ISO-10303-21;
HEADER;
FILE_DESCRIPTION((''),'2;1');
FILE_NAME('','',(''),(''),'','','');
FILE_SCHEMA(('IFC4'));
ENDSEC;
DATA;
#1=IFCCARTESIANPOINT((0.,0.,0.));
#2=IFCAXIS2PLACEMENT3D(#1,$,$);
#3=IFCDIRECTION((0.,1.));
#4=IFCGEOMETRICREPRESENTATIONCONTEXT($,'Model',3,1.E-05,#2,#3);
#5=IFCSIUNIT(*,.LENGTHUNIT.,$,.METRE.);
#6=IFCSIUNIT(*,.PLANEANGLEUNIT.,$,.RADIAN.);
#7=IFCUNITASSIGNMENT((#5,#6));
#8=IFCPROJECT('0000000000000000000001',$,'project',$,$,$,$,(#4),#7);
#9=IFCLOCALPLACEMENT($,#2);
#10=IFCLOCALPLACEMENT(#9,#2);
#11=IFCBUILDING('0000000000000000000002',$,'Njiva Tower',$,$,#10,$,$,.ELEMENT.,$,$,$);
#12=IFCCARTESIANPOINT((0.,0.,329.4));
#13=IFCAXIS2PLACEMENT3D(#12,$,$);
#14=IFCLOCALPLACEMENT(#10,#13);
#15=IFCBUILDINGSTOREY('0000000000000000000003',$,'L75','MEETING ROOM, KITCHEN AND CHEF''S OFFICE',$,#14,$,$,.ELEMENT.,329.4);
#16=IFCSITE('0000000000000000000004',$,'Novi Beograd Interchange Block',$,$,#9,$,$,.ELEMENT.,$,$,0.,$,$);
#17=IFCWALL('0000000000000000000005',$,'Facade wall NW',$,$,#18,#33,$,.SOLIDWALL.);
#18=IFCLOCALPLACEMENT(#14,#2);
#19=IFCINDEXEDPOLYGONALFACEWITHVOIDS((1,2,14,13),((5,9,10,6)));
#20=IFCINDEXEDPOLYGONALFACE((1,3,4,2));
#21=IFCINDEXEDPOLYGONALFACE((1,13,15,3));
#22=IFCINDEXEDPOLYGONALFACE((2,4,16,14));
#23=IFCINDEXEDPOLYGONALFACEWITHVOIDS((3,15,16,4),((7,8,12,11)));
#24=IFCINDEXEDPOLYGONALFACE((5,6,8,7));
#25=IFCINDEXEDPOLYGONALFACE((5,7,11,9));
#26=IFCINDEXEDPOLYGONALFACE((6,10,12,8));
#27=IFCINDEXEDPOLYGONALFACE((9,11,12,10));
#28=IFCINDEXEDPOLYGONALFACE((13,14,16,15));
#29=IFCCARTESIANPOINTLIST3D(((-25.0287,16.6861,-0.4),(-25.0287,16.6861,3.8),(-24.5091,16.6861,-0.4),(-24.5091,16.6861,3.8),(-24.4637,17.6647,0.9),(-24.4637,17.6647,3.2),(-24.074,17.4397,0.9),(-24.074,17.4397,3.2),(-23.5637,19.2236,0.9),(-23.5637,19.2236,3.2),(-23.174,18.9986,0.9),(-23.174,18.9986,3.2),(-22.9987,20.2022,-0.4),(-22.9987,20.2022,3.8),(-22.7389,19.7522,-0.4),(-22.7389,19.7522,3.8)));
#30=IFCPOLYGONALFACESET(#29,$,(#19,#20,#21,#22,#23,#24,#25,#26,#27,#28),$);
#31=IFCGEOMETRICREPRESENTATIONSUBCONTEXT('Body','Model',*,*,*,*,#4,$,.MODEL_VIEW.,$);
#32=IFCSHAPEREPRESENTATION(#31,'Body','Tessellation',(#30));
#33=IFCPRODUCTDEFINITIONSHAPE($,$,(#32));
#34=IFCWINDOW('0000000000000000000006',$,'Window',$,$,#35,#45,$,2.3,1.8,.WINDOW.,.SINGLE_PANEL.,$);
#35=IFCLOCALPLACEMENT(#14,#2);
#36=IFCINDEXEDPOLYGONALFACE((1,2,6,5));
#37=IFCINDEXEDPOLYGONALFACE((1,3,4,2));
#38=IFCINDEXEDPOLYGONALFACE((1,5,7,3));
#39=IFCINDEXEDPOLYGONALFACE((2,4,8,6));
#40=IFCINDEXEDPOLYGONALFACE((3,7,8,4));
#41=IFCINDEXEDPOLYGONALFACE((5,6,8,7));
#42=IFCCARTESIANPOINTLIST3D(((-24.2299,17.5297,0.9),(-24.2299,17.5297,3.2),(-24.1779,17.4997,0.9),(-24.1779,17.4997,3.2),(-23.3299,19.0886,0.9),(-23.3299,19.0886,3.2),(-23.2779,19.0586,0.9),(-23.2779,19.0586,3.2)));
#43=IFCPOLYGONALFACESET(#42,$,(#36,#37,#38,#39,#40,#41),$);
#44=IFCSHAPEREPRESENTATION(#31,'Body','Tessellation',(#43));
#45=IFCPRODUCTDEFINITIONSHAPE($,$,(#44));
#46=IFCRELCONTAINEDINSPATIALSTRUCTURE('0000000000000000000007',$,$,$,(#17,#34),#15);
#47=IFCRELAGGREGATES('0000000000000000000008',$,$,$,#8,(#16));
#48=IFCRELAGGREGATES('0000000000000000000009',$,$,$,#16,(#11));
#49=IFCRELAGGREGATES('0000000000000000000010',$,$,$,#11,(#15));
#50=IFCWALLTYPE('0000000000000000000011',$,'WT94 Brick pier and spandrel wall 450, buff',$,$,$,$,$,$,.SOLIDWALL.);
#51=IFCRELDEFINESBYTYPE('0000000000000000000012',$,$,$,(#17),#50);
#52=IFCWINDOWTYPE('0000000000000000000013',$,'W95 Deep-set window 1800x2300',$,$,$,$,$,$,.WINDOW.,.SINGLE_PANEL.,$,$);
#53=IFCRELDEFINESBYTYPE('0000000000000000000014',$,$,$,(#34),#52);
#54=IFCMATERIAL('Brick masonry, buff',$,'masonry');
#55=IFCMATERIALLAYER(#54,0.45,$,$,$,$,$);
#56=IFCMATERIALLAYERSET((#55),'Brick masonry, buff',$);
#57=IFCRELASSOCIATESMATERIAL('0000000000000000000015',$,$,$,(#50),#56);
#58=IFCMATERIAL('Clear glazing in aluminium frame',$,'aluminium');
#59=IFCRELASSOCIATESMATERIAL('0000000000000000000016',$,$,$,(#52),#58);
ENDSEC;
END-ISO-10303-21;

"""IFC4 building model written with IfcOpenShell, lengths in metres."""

from ifc_helpers import new_model, si_unit, direction, frame, frame_2d, origin, place, context, subcontext, project, spatial, polyline, rectangle, outline, extrude, material, layer, layer_set, type_object, element, fill, save


model = new_model("IFC4")

# Units and contexts
model_context = context("Model", 3, precision=1e-05, world=origin(), true_north=direction((0.0, 1.0)))
body_context = subcontext(model_context, "Body", "Model", "MODEL_VIEW")
ifc_project = project(units=[si_unit("LENGTHUNIT", "METRE"), si_unit("PLANEANGLEUNIT", "RADIAN")], contexts=[model_context])

# Site, building, storey
site_placement = place(None, origin())
site = spatial("IfcSite", under=ifc_project, at=site_placement, Name="Novi Beograd Interchange Block", CompositionType="ELEMENT", RefElevation=0.0)
building_placement = place(site_placement, origin())
building = spatial("IfcBuilding", under=site, at=building_placement, Name="Njiva Tower", CompositionType="ELEMENT")
storey_placement = place(building_placement, frame((0.0, 0.0, 329.4)))
storey = spatial("IfcBuildingStorey", under=building, at=storey_placement, Name="L75", Description="MEETING ROOM, KITCHEN AND CHEF'S OFFICE", CompositionType="ELEMENT", Elevation=329.4)

# Shared definitions
ifc_material_1 = material(Name="Clear glazing in aluminium frame", Category="aluminium")

# Wall, opening, window
ifc_material_2 = material(Name="Brick masonry, buff", Category="masonry")
ifc_layer_1 = layer(ifc_material_2, 0.45)
ifc_layer_set_1 = layer_set([ifc_layer_1], Name="Brick masonry, buff")
wall_type_1 = type_object("IfcWallType", Name="WT94 Brick pier and spandrel wall 450, buff", PredefinedType="SOLIDWALL", material=ifc_layer_set_1)
wall_1_placement = place(storey_placement, frame((-22.8688, 19.9772, -0.4), z_axis=(0.0, 0.0, 1.0), x_axis=(-0.499997, -0.866027, 0.0)))
wall_1 = element("IfcWall", 1, at=wall_1_placement, inside=storey, type_object=wall_type_1, Name="Facade wall NW", PredefinedType="SOLIDWALL", context=body_context, shape_type="SweptSolid", body=[
    extrude(outline(polyline([(-0.1299, -0.225), (3.9301, -0.225), (3.6703, 0.225), (0.1299, 0.225), (-0.1299, -0.225)])), origin(), (0.0, 0.0, 1.0), 4.2),
])
opening_1_placement = place(wall_1_placement, frame((1.0001, 0.0, 1.3)))
opening_1 = element("IfcOpeningElement", 2, at=opening_1_placement, cuts=wall_1, PredefinedType="OPENING", context=body_context, shape_type="SweptSolid", body=[
    extrude(rectangle(XDim=1.8, YDim=2.3, at=frame_2d((0.9, 1.15))), frame((0.0, 0.235, 0.0), z_axis=(0.0, -1.0, 0.0), x_axis=(1.0, 0.0, 0.0)), (0.0, 0.0, 1.0), 0.47),
])
window_type_1 = type_object("IfcWindowType", Name="W95 Deep-set window 1800x2300", PartitioningType="SINGLE_PANEL", PredefinedType="WINDOW", material=ifc_material_1)
window_1_placement = place(opening_1_placement, origin())
window_1 = element("IfcWindow", 3, at=window_1_placement, inside=storey, type_object=window_type_1, Name="Window", OverallHeight=2.3, OverallWidth=1.8, PartitioningType="SINGLE_PANEL", PredefinedType="WINDOW", context=body_context, shape_type="SweptSolid", body=[
    extrude(rectangle(XDim=1.8, YDim=2.3, at=frame_2d((0.9, 1.15))), frame((0.0, 0.105, 0.0), z_axis=(0.0, -1.0, 0.0), x_axis=(1.0, 0.0, 0.0)), (0.0, 0.0, 1.0), 0.06),
])
fill(opening_1, window_1)

save(model, "model.ifc")
